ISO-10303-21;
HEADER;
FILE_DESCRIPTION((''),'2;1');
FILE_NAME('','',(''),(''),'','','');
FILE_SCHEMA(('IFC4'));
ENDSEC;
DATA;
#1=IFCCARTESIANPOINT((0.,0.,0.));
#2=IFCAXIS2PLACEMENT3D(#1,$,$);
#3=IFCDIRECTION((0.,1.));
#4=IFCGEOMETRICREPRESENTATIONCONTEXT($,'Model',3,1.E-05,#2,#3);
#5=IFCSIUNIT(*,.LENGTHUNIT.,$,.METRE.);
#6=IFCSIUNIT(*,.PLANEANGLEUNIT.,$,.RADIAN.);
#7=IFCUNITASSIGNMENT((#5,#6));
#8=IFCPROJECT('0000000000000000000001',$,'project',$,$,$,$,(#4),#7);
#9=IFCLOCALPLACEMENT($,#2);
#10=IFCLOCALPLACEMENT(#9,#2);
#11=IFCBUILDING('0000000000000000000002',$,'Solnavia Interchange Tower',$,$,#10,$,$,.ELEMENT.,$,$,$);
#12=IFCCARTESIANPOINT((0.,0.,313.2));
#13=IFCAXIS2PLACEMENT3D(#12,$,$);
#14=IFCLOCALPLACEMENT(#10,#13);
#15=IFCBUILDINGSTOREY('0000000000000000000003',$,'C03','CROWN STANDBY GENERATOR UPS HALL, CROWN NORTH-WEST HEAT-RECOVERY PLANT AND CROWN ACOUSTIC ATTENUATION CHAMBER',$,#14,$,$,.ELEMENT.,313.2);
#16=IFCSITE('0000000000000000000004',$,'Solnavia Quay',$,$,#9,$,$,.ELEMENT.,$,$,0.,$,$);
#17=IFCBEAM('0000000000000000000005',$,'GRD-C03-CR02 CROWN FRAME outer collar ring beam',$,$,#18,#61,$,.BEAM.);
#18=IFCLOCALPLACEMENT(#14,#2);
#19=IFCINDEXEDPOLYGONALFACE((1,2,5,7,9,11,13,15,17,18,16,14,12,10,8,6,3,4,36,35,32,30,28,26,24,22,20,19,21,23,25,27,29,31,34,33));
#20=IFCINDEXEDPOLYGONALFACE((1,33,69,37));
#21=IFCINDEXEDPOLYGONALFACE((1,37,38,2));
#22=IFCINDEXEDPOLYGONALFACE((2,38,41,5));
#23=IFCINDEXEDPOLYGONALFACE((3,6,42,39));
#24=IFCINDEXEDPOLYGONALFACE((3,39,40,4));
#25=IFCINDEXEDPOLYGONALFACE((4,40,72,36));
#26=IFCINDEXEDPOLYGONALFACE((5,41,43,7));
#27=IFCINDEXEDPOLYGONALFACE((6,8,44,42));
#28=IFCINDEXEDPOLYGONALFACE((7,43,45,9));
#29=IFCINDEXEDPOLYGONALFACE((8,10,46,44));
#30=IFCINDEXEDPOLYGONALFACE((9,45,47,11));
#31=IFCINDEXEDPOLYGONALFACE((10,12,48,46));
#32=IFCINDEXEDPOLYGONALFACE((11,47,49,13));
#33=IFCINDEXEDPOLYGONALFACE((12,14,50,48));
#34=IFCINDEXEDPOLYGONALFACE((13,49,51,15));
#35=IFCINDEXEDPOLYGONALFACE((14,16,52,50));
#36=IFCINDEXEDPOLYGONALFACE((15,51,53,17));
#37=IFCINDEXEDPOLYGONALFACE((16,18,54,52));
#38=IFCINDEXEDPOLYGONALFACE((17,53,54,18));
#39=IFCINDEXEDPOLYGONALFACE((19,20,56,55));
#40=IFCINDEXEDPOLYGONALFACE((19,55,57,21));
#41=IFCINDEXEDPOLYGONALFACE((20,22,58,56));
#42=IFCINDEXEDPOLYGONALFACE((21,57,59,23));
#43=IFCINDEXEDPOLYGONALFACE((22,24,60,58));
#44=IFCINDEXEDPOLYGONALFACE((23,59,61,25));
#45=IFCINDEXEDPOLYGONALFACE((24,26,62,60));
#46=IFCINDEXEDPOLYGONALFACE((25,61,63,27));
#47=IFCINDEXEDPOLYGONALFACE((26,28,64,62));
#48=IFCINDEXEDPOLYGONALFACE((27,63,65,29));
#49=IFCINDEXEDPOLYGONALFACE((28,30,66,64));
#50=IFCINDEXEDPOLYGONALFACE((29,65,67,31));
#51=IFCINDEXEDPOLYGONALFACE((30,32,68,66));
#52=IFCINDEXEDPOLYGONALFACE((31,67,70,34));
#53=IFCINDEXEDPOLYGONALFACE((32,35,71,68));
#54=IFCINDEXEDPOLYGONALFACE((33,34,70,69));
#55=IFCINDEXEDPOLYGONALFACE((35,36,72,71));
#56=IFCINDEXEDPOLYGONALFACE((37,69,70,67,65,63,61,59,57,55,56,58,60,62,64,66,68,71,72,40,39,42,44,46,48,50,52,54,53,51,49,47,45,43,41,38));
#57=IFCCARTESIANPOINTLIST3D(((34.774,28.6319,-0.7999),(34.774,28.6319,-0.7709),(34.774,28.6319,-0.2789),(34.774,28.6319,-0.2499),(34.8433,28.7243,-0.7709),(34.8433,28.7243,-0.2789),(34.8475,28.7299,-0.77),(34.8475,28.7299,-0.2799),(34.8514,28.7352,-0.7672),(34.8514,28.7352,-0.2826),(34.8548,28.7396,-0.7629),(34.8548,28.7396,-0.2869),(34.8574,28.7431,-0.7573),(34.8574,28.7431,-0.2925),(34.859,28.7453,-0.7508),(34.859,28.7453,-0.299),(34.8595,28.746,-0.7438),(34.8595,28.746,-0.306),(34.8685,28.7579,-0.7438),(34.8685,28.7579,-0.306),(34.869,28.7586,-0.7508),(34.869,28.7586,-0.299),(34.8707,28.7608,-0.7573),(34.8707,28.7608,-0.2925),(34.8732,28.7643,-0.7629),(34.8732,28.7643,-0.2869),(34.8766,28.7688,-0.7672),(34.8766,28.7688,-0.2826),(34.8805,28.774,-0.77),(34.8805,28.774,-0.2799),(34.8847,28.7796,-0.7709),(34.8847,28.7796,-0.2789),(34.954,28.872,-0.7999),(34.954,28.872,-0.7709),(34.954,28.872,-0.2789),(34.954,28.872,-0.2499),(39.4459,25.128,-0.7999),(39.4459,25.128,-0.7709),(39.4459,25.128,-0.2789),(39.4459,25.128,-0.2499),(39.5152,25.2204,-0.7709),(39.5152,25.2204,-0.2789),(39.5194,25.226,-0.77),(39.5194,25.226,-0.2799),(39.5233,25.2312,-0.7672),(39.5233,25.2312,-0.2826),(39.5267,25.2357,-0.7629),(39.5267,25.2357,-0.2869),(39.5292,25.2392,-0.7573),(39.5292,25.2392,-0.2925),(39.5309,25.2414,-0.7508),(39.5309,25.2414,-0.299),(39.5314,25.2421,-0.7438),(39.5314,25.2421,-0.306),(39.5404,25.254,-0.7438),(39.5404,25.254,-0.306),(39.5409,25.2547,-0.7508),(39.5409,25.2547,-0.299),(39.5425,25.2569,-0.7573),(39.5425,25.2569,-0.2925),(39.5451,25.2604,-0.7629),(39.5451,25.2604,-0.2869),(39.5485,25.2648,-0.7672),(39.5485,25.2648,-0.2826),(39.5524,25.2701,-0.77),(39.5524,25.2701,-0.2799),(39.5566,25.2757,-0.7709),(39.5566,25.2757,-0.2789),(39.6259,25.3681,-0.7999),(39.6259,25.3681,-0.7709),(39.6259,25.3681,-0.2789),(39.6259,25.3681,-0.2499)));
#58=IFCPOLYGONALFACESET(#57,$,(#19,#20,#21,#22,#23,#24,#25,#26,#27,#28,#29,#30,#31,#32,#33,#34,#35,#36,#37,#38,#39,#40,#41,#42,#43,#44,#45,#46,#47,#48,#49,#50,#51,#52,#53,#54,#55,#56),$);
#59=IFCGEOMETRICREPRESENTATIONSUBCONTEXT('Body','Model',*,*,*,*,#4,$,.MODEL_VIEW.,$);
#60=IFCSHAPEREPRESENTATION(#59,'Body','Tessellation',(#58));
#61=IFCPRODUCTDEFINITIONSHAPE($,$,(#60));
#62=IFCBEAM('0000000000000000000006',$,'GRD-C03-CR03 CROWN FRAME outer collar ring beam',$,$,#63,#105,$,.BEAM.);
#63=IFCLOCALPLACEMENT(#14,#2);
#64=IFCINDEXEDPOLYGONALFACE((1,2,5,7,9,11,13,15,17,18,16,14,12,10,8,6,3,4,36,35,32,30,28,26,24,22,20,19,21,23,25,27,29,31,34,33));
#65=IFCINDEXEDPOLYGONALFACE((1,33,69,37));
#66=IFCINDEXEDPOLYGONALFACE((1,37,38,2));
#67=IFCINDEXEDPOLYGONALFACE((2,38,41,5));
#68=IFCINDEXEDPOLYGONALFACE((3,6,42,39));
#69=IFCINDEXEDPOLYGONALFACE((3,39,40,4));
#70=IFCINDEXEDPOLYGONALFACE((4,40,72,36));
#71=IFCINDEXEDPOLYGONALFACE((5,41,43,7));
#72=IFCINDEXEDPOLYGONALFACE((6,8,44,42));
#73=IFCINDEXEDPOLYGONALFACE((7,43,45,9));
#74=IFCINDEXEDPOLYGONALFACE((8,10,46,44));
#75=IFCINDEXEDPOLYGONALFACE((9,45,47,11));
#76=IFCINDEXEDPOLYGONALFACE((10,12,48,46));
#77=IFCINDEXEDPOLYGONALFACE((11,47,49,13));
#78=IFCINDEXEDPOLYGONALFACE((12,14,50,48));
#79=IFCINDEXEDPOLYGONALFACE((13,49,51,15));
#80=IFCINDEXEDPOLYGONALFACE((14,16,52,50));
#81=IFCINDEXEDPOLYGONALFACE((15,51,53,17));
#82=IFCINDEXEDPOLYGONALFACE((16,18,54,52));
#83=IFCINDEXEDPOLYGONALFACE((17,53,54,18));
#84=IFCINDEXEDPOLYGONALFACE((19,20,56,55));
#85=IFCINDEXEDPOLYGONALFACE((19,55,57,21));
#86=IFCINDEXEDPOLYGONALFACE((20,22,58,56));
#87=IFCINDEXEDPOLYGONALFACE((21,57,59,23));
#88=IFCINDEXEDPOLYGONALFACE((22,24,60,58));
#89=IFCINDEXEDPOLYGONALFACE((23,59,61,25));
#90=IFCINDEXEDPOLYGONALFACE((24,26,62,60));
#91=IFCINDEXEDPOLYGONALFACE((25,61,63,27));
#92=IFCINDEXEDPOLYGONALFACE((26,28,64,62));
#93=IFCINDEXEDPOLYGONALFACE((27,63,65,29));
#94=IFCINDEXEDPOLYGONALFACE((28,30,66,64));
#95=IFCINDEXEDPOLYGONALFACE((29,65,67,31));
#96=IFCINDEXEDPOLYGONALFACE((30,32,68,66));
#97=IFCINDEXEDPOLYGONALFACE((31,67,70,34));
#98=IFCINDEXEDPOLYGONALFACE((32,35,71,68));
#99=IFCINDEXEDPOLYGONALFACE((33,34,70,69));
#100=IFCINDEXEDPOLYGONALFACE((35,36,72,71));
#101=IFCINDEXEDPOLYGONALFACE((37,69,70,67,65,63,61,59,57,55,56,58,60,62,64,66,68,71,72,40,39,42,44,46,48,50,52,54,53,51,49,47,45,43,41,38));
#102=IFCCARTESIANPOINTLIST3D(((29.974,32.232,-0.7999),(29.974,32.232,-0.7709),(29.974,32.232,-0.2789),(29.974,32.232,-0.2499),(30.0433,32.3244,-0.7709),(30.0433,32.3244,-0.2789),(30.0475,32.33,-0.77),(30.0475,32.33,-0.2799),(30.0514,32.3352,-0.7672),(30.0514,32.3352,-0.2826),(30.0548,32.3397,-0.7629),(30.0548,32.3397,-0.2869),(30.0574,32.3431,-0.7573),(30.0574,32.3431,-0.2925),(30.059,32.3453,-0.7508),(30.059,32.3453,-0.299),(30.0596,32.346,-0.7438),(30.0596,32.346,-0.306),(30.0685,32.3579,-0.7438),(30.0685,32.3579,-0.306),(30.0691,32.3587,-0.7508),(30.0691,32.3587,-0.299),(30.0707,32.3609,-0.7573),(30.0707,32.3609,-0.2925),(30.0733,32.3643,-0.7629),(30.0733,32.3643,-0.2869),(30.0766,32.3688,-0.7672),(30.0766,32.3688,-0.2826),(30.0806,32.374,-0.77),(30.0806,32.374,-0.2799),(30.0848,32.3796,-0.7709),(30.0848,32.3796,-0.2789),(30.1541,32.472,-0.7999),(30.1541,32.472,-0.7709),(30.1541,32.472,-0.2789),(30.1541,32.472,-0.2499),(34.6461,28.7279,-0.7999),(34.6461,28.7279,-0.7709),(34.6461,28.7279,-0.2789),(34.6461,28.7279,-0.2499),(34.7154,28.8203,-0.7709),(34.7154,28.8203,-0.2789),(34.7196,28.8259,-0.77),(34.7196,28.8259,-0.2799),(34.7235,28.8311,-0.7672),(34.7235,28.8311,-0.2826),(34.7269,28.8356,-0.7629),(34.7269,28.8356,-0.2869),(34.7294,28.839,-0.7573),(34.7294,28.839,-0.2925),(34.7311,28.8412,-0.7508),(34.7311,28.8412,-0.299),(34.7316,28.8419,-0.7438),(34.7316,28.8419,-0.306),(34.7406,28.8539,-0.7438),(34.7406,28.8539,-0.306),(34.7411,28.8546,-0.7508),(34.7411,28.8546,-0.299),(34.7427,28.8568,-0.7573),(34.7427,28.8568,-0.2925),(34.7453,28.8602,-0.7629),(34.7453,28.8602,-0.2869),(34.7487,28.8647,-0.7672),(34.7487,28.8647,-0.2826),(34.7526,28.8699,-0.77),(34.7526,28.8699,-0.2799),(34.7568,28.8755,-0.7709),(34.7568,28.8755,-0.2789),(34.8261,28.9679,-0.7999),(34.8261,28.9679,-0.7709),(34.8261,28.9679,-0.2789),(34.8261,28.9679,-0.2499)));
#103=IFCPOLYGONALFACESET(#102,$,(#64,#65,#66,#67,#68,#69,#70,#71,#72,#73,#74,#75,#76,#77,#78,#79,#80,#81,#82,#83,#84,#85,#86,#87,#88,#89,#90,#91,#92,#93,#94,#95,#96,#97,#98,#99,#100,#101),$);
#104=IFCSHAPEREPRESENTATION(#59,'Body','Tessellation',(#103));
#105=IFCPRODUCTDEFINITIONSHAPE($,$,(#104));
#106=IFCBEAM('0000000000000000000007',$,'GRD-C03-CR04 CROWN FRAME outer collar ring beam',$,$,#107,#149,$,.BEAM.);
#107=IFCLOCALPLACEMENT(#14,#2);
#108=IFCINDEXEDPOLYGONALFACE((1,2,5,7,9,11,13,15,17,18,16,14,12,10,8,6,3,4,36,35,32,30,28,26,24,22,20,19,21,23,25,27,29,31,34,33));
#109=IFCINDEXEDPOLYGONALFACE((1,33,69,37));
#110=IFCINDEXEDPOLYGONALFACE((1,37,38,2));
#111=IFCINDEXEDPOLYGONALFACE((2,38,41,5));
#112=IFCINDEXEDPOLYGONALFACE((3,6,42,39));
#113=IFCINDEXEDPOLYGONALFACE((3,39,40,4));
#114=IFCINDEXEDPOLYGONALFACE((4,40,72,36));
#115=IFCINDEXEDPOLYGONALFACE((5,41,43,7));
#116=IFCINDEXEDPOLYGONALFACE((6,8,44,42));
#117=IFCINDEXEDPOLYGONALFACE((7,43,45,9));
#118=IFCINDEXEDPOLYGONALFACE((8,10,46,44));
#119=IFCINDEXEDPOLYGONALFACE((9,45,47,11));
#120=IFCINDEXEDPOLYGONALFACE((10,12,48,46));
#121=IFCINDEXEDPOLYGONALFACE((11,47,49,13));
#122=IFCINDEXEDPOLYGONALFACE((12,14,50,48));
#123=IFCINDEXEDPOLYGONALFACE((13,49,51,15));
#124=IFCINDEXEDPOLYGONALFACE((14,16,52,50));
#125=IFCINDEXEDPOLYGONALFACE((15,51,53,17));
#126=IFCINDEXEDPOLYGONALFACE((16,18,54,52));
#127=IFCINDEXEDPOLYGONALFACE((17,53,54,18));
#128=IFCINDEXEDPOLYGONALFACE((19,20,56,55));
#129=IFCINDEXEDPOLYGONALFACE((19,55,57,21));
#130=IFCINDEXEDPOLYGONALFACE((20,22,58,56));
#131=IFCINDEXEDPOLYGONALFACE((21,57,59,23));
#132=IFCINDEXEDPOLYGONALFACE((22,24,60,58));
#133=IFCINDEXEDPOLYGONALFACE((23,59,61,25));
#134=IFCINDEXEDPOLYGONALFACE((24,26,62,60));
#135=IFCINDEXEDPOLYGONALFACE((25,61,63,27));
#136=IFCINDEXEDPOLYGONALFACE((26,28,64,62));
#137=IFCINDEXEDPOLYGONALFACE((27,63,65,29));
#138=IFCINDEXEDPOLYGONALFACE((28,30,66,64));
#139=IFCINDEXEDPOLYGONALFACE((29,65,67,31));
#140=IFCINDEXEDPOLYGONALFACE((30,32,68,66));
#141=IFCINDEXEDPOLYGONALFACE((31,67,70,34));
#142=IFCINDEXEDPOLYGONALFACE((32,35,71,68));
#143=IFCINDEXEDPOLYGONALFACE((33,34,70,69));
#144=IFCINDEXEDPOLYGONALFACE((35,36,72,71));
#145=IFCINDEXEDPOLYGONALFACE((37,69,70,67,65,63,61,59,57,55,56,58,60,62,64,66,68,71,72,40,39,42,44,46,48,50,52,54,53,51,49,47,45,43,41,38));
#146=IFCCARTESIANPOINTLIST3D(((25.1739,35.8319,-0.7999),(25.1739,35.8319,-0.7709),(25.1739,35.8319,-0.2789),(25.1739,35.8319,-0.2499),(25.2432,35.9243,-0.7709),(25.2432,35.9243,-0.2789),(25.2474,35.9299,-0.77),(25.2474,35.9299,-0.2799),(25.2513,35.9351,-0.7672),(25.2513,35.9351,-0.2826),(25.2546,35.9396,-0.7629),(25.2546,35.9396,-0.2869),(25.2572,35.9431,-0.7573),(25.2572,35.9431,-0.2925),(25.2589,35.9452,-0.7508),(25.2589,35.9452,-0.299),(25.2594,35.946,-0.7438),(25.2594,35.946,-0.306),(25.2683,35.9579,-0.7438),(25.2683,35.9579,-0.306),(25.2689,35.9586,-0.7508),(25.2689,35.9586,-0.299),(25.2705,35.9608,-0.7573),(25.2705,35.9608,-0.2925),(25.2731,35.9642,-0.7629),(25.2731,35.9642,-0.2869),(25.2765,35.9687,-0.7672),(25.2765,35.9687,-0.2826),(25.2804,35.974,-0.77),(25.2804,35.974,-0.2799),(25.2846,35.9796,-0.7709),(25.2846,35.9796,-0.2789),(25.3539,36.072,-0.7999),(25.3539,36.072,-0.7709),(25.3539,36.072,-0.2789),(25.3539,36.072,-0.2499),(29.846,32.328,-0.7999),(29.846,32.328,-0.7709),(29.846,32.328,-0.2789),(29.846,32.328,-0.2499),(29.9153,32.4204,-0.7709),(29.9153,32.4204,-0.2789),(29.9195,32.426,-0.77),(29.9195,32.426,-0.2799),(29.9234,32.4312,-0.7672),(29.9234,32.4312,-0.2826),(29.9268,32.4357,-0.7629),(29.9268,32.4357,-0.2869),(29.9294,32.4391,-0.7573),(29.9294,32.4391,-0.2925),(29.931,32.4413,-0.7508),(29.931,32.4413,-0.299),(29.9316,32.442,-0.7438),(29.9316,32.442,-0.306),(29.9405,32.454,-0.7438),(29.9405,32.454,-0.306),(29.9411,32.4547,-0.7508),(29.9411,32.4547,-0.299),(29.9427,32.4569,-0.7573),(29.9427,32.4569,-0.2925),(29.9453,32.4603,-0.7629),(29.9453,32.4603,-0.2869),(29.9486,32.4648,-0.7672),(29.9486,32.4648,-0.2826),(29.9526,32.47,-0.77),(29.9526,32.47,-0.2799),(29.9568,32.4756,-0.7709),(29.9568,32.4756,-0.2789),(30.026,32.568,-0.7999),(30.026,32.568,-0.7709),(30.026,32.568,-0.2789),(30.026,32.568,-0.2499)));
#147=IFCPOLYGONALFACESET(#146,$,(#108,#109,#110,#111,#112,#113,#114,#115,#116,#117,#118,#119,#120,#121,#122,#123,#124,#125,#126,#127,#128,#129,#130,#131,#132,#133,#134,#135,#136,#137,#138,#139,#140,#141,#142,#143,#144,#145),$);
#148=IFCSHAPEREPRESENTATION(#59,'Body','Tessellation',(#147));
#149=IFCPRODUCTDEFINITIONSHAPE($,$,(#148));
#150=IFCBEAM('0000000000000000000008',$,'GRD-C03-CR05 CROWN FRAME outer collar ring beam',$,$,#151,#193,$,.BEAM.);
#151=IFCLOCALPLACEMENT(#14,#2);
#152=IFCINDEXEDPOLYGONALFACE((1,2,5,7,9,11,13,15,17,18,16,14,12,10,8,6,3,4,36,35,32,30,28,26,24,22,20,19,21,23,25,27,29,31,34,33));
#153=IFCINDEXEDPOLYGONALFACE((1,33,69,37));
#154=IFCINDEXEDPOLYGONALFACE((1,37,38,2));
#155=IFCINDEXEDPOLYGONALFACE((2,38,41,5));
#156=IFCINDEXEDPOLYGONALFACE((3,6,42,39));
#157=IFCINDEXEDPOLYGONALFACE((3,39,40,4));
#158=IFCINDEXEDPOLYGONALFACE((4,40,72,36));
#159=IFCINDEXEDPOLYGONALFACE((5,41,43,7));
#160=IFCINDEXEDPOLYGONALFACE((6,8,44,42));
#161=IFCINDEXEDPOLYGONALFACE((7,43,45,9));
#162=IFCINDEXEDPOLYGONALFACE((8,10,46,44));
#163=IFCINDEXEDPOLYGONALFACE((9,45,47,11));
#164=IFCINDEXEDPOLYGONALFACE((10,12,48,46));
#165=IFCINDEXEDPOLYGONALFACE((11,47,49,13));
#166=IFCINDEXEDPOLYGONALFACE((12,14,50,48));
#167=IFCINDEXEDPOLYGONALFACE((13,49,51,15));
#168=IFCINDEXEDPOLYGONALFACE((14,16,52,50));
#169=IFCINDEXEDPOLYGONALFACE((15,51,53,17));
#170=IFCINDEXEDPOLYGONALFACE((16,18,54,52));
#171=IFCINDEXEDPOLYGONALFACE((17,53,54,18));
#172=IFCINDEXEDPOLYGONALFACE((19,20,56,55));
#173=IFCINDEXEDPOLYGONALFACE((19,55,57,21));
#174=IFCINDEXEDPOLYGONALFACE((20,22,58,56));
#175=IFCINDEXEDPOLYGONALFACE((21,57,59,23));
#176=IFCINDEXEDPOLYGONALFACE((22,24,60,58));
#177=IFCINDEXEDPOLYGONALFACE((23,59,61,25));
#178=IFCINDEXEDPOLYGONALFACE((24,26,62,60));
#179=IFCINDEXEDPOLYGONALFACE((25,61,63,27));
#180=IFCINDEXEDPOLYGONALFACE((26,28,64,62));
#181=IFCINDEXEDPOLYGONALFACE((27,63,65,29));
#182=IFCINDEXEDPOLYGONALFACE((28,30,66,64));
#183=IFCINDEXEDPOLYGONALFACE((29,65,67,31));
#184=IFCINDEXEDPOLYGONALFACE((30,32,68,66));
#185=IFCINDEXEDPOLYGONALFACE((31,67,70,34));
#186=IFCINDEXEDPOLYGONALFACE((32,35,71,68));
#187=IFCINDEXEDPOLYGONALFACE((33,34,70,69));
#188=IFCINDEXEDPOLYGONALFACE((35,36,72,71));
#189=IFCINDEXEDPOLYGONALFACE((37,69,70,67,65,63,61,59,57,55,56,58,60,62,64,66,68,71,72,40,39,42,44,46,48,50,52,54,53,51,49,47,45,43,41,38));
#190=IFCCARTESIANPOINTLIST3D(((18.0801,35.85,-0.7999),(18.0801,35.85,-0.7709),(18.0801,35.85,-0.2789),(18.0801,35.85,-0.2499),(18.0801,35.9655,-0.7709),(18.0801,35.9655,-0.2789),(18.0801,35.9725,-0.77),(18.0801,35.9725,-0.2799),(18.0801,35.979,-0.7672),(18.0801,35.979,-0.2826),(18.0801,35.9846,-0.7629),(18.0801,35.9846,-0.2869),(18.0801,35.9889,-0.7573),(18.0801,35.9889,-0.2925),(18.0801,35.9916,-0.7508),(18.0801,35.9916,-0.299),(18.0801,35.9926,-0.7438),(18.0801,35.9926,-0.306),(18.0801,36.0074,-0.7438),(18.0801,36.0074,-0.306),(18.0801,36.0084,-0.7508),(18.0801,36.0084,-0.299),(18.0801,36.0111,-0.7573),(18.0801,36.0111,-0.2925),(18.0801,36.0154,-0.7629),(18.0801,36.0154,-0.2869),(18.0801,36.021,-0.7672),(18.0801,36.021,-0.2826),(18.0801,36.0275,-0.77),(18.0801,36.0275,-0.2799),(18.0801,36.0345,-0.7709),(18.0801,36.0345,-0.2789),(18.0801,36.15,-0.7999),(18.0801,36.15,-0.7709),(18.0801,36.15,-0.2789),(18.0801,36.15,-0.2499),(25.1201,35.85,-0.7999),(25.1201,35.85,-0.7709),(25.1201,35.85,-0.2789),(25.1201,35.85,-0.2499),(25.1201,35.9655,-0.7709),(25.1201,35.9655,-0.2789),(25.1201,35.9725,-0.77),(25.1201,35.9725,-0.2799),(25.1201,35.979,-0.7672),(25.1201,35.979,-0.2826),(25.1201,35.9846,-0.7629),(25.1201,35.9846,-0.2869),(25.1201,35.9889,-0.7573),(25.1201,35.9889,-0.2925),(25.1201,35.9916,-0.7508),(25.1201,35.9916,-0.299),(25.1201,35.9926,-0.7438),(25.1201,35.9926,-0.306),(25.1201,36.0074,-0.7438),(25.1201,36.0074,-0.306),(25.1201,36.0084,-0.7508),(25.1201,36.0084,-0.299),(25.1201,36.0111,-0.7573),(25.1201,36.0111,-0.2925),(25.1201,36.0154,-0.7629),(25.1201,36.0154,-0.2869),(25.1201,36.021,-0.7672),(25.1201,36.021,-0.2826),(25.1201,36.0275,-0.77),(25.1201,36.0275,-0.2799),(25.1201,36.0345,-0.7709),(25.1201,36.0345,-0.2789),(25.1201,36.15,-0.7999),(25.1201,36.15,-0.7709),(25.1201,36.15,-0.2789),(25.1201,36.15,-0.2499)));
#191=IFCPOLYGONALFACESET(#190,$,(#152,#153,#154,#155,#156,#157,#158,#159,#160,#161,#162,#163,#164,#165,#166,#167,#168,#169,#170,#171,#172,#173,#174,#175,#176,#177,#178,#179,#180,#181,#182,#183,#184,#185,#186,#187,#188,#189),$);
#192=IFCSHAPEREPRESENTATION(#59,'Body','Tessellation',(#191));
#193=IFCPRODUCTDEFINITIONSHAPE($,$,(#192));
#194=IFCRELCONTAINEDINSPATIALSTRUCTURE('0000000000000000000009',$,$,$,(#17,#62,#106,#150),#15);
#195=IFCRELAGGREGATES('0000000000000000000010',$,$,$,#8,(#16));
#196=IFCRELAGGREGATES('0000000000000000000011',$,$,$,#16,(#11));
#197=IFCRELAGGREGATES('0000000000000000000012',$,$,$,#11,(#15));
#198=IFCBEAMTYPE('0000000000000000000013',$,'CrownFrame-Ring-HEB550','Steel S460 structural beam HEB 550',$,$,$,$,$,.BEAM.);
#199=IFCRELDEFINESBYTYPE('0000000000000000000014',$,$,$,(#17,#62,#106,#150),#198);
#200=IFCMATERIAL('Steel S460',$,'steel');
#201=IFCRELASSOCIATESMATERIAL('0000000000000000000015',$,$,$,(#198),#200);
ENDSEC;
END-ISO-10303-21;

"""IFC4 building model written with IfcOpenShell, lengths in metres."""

from ifc_helpers import new_model, si_unit, direction, frame, origin, origin_2d, place, context, subcontext, project, spatial, i_section, extrude, material, material_profile, profile_set, type_object, element, save


model = new_model("IFC4")

# Units and contexts
model_context = context("Model", 3, precision=1e-05, world=origin(), true_north=direction((0.0, 1.0)))
body_context = subcontext(model_context, "Body", "Model", "MODEL_VIEW")
ifc_project = project(units=[si_unit("LENGTHUNIT", "METRE"), si_unit("PLANEANGLEUNIT", "RADIAN")], contexts=[model_context])

# Site, building, storey
site_placement = place(None, origin())
site = spatial("IfcSite", under=ifc_project, at=site_placement, Name="Solnavia Quay", CompositionType="ELEMENT", RefElevation=0.0)
building_placement = place(site_placement, origin())
building = spatial("IfcBuilding", under=site, at=building_placement, Name="Solnavia Interchange Tower", CompositionType="ELEMENT")
storey_placement = place(building_placement, frame((0.0, 0.0, 313.2)))
storey = spatial("IfcBuildingStorey", under=building, at=storey_placement, Name="C03", Description="CROWN STANDBY GENERATOR UPS HALL, CROWN NORTH-WEST HEAT-RECOVERY PLANT AND CROWN ACOUSTIC ATTENUATION CHAMBER", CompositionType="ELEMENT", Elevation=313.2)

# Shared definitions
ifc_material_1 = material(Name="Steel S460", Category="steel")

# Beams
ifc_material_profile_1 = material_profile(ifc_material_1, i_section(OverallWidth=0.3, OverallDepth=0.55, WebThickness=0.0149, FlangeThickness=0.0291, FilletRadius=0.0271, at=origin_2d()), Name="HEB 550")
ifc_profile_set_1 = profile_set([ifc_material_profile_1], Name="Steel S460")
beam_type_1 = type_object("IfcBeamType", Name="CrownFrame-Ring-HEB550", Description="Steel S460 structural beam HEB 550", PredefinedType="BEAM", material=ifc_profile_set_1)
beam_1_placement = place(storey_placement, frame((39.5359, 25.248, -0.5249), z_axis=(-0.8, 0.6, 0.0), x_axis=(-0.6, -0.8, 0.0)))
element("IfcBeam", 1, at=beam_1_placement, inside=storey, type_object=beam_type_1, Name="GRD-C03-CR02 CROWN FRAME outer collar ring beam", PredefinedType="BEAM", context=body_context, shape_type="SweptSolid", body=[
    extrude(i_section(OverallWidth=0.3, OverallDepth=0.55, WebThickness=0.0149, FlangeThickness=0.0291, FilletRadius=0.0271, at=origin_2d()), origin(), (0.0, 0.0, 1.0), 5.8398),
])
for number, where, z_axis, x_axis, name in (
    (2, (34.7361, 28.8479, -0.5249), (-0.799995, 0.600007, 0.0), (-0.600007, -0.799995, 0.0), "GRD-C03-CR03 CROWN FRAME outer collar ring beam"),
    (3, (29.936, 32.448, -0.5249), (-0.800015, 0.59998, 0.0), (-0.59998, -0.800015, 0.0), "GRD-C03-CR04 CROWN FRAME outer collar ring beam"),
):
    element("IfcBeam", number, at=place(storey_placement, frame(where, z_axis=z_axis, x_axis=x_axis)), inside=storey, type_object=beam_type_1, Name=name, PredefinedType="BEAM", context=body_context, shape_type="SweptSolid", body=[
        extrude(i_section(OverallWidth=0.3, OverallDepth=0.55, WebThickness=0.0149, FlangeThickness=0.0291, FilletRadius=0.0271, at=origin_2d()), origin(), (0.0, 0.0, 1.0), 5.8401),
    ])
beam_2_placement = place(storey_placement, frame((25.1201, 36.0, -0.5249), z_axis=(-1.0, 0.0, 0.0), x_axis=(0.0, -1.0, 0.0)))
element("IfcBeam", 4, at=beam_2_placement, inside=storey, type_object=beam_type_1, Name="GRD-C03-CR05 CROWN FRAME outer collar ring beam", PredefinedType="BEAM", context=body_context, shape_type="SweptSolid", body=[
    extrude(i_section(OverallWidth=0.3, OverallDepth=0.55, WebThickness=0.0149, FlangeThickness=0.0291, FilletRadius=0.0271, at=origin_2d()), origin(), (0.0, 0.0, 1.0), 7.04),
])

save(model, "model.ifc")
